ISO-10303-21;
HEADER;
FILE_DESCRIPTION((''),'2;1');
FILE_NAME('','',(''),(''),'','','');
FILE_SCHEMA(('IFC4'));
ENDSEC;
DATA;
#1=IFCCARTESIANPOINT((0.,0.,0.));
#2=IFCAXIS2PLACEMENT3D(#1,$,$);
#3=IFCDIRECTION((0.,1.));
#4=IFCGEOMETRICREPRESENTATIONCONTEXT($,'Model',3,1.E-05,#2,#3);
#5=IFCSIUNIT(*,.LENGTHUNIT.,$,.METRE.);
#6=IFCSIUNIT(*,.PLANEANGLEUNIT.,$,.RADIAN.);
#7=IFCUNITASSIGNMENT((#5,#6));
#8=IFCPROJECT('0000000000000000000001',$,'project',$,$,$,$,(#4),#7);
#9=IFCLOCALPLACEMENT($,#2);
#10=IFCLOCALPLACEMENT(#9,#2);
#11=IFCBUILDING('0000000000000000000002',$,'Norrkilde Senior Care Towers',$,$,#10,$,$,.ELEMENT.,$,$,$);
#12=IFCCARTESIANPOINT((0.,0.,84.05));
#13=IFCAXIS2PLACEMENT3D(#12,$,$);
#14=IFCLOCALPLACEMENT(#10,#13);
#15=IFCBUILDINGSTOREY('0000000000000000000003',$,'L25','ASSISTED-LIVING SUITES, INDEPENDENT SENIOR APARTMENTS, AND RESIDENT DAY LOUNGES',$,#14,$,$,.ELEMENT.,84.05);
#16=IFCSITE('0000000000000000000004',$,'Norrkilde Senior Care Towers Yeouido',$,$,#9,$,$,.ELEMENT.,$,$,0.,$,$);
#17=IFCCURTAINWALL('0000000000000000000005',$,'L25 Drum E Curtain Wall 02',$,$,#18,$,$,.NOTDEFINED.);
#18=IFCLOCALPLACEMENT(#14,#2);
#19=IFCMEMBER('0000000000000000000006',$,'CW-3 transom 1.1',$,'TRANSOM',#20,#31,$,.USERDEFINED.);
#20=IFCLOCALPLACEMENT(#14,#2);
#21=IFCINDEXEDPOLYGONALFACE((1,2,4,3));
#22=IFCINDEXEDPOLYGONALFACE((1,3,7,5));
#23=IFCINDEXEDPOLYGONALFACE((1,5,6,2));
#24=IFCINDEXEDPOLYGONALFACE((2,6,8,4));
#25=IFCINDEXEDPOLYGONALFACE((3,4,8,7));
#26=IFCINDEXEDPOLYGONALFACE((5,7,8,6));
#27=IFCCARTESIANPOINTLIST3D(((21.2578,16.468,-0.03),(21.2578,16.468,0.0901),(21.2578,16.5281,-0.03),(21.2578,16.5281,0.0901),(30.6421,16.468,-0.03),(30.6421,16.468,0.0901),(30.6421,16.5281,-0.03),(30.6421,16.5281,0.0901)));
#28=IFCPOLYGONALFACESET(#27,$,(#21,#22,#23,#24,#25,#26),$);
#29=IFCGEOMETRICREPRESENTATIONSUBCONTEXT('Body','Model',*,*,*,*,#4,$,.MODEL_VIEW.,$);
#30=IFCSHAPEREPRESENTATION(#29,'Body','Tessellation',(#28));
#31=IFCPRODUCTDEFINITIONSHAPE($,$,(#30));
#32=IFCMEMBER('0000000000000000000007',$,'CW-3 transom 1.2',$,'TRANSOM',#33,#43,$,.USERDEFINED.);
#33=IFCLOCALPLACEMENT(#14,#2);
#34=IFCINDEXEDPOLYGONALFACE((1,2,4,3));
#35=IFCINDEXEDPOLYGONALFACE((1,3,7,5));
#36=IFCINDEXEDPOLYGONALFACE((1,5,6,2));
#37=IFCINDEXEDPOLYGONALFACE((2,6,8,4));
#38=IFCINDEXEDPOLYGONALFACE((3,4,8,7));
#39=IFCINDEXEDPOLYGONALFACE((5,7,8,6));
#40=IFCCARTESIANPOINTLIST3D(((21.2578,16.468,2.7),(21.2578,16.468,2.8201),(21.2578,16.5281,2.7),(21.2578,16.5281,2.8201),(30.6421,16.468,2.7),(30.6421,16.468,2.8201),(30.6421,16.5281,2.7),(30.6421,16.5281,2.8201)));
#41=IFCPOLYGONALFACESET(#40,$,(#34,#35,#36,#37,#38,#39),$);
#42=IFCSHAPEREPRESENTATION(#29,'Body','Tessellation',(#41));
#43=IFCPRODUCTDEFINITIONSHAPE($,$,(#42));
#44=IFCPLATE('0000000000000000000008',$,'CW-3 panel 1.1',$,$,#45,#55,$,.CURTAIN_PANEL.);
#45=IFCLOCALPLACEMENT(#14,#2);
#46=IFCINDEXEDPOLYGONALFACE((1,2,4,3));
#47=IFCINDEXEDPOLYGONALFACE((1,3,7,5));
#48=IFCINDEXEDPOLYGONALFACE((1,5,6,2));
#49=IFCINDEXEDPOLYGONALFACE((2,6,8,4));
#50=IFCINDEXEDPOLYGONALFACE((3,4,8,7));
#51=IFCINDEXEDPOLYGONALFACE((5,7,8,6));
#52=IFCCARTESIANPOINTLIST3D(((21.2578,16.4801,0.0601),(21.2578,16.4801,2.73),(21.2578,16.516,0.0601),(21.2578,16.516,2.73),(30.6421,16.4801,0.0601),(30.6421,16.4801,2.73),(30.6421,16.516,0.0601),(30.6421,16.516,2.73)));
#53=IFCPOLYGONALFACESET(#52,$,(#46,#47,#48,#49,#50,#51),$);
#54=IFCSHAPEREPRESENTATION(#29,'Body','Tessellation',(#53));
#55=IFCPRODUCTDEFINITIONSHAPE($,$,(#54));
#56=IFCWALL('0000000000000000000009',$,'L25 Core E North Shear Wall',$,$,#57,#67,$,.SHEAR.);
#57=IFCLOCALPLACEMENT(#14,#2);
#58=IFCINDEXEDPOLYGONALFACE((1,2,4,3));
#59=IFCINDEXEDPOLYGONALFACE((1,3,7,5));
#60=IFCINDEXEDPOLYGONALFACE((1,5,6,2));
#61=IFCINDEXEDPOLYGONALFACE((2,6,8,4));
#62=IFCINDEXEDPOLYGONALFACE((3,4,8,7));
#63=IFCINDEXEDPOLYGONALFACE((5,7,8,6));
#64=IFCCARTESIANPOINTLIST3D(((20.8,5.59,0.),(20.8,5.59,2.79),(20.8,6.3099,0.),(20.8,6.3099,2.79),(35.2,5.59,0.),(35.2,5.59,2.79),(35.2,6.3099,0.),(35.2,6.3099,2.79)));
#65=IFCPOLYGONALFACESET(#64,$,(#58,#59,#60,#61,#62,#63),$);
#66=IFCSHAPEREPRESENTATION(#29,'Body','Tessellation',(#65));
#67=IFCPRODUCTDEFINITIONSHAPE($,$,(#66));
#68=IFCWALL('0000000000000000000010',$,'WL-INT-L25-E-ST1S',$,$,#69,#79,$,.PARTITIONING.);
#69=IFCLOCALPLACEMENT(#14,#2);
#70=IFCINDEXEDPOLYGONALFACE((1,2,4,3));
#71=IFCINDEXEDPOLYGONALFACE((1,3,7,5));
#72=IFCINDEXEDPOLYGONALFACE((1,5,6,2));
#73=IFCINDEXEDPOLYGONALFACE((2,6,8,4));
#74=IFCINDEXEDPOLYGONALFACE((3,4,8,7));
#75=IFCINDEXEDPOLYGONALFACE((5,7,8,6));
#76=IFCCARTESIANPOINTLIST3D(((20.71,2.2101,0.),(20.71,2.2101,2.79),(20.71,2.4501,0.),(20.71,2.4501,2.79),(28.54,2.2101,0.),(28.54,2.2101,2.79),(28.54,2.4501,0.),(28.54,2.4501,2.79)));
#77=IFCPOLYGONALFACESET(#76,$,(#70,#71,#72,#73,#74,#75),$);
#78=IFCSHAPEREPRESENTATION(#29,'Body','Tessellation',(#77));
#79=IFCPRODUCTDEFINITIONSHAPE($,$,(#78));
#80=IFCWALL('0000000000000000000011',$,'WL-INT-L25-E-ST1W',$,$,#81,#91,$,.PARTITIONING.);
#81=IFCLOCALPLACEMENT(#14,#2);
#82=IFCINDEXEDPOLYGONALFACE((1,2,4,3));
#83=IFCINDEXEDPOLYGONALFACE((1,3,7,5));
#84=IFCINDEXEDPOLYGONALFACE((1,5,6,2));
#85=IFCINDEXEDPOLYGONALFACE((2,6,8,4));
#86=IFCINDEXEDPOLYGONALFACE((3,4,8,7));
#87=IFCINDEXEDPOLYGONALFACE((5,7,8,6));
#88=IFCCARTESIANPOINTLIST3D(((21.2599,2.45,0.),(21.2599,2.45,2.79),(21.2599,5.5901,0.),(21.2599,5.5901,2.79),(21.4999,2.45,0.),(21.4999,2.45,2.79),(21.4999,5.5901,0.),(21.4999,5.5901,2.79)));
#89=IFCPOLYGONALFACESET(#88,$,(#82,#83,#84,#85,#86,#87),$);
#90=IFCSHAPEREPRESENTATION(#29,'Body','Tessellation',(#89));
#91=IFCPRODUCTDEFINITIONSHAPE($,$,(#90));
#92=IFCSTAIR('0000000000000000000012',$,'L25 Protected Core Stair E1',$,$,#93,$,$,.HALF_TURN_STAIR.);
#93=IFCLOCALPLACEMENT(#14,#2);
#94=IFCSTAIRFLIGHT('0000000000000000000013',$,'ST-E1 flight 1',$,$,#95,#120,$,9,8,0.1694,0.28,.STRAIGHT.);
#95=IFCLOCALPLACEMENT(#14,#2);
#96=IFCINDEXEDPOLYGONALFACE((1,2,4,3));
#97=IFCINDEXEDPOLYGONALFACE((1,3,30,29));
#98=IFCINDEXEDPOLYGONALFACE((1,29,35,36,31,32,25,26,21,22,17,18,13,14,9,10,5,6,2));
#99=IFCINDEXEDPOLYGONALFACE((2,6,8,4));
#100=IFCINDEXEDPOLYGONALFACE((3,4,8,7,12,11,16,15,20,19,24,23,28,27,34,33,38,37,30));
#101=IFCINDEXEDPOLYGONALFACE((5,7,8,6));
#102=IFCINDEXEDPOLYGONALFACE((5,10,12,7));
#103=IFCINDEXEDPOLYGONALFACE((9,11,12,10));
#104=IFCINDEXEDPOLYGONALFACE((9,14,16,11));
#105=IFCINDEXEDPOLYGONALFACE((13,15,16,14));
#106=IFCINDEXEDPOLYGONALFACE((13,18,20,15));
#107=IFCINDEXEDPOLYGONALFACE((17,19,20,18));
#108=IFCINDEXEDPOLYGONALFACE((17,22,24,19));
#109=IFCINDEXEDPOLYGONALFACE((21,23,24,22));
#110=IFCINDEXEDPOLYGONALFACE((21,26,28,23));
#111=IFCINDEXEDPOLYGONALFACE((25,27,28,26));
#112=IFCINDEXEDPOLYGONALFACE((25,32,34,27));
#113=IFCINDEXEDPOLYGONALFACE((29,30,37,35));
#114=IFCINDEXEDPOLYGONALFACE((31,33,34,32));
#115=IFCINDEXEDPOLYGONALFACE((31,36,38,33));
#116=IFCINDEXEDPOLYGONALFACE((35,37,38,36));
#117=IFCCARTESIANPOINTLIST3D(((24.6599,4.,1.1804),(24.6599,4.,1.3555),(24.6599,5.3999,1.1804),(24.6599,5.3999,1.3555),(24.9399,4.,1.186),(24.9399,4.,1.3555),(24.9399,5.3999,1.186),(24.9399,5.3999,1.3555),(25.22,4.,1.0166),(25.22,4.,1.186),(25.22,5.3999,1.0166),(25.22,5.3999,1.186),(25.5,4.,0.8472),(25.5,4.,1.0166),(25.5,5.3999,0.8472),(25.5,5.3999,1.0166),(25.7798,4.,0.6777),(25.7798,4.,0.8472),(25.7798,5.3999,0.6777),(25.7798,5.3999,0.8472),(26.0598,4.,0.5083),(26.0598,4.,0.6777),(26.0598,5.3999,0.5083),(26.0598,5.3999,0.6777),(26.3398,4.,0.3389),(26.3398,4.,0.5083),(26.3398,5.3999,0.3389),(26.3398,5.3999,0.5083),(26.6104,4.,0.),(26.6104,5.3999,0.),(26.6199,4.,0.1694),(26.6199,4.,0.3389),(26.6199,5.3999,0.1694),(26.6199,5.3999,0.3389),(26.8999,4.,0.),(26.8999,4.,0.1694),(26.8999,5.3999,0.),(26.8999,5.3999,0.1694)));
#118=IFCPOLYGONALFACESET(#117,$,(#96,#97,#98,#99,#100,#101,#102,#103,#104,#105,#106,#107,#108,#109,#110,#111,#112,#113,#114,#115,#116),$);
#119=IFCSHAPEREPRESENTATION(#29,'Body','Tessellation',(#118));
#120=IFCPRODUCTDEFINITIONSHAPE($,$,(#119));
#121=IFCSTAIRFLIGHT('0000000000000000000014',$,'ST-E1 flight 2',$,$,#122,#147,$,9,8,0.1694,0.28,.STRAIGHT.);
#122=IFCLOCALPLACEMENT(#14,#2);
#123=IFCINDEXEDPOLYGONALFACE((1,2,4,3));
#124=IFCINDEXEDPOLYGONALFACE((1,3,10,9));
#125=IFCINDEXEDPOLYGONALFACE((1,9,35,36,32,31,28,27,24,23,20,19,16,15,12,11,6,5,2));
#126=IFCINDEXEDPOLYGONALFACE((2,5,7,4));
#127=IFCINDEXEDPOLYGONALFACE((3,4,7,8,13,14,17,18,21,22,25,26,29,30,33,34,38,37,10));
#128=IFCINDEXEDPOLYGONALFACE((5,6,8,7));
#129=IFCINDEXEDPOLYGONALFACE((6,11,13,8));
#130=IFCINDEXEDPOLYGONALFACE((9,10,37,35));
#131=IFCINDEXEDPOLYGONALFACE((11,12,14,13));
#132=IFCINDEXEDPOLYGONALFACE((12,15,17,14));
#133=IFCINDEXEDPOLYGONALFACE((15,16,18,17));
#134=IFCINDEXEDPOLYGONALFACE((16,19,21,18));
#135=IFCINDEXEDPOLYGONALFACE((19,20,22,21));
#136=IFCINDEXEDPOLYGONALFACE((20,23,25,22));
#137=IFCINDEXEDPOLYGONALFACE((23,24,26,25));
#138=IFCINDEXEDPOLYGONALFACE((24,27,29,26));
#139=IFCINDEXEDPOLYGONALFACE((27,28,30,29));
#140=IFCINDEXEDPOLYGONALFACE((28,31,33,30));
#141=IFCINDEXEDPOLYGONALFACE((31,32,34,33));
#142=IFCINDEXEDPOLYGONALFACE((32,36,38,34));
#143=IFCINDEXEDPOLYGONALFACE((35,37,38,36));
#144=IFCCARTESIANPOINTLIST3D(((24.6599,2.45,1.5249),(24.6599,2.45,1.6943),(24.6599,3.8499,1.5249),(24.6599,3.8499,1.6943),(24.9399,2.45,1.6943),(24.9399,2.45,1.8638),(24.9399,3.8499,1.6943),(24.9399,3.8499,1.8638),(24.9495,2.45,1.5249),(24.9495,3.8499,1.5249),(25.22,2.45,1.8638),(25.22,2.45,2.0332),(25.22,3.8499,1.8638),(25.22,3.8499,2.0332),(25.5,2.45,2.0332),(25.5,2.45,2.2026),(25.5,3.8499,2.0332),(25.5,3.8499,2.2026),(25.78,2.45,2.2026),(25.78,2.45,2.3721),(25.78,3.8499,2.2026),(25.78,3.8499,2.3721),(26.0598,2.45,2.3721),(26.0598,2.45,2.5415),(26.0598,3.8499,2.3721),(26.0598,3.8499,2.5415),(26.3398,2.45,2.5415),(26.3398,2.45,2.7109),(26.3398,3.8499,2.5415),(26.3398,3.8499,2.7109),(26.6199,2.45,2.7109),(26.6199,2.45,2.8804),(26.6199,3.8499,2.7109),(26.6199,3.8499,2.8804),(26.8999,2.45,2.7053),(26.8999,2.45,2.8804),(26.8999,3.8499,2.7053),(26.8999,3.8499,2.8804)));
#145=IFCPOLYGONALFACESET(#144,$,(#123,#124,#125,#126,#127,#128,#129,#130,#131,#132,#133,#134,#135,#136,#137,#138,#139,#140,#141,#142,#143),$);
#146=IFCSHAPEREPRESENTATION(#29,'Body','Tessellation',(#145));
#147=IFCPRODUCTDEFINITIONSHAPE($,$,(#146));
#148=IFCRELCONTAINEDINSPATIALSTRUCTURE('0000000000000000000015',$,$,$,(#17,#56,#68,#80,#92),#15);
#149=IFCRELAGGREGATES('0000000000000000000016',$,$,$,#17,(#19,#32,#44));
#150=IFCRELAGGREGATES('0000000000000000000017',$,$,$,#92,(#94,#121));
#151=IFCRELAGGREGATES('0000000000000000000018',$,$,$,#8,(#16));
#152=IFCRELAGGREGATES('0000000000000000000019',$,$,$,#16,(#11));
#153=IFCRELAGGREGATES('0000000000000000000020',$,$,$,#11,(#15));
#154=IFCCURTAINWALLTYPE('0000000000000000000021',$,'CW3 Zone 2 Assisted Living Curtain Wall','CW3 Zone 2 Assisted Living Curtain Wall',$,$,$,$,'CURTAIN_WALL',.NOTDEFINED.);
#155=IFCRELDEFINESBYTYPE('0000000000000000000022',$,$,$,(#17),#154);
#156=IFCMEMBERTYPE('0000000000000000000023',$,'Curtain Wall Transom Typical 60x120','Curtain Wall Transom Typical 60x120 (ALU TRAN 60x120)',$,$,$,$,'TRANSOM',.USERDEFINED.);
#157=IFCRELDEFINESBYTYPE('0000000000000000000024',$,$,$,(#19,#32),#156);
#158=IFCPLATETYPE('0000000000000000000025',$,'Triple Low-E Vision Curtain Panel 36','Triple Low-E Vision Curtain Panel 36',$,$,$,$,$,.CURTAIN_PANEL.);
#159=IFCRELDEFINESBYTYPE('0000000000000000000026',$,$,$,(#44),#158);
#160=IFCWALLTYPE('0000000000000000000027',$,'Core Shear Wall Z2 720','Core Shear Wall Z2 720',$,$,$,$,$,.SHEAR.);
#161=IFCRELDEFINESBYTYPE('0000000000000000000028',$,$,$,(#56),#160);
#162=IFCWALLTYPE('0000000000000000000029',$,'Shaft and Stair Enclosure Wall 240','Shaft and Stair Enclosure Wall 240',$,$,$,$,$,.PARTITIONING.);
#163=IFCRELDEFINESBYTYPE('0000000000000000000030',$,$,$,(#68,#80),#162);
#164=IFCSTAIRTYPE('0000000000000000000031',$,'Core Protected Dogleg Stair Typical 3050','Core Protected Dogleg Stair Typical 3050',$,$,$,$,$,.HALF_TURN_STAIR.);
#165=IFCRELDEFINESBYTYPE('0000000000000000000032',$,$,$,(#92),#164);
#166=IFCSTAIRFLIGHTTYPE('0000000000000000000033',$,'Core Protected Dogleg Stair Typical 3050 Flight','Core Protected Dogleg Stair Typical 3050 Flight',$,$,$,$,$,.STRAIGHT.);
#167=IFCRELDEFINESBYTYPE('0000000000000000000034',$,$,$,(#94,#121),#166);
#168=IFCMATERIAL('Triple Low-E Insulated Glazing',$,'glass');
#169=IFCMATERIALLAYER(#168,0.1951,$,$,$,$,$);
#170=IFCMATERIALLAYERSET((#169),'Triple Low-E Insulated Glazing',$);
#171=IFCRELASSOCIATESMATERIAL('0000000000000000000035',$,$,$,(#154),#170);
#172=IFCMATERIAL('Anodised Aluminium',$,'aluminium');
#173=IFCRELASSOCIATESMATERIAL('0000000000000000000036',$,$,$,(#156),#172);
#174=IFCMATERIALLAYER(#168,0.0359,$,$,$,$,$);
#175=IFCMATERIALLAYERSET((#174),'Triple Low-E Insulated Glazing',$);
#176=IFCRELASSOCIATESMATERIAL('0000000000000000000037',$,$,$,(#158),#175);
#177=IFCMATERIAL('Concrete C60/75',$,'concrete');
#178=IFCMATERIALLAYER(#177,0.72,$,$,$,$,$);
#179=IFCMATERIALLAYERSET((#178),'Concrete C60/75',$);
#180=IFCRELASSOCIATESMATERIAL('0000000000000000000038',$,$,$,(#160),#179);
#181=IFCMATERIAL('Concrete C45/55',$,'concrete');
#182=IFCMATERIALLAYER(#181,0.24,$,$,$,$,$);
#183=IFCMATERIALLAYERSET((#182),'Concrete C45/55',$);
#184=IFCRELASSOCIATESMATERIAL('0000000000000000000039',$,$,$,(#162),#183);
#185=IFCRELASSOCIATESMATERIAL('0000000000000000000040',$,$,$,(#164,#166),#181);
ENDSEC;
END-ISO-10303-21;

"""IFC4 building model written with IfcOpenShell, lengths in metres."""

from ifc_helpers import new_model, si_unit, direction, frame, frame_2d, origin, origin_2d, place, context, subcontext, project, spatial, polyline, rectangle, outline, extrude, source, transform, mapped, material, layer, layer_set, material_profile, profile_set, type_object, type_shapes, element, aggregate, save


model = new_model("IFC4")

# Units and contexts
model_context = context("Model", 3, precision=1e-05, world=origin(), true_north=direction((0.0, 1.0)))
body_context = subcontext(model_context, "Body", "Model", "MODEL_VIEW")
ifc_project = project(units=[si_unit("LENGTHUNIT", "METRE"), si_unit("PLANEANGLEUNIT", "RADIAN")], contexts=[model_context])

# Site, building, storey
site_placement = place(None, origin())
site = spatial("IfcSite", under=ifc_project, at=site_placement, Name="Norrkilde Senior Care Towers Yeouido", CompositionType="ELEMENT", RefElevation=0.0)
building_placement = place(site_placement, origin())
building = spatial("IfcBuilding", under=site, at=building_placement, Name="Norrkilde Senior Care Towers", CompositionType="ELEMENT")
storey_placement = place(building_placement, frame((0.0, 0.0, 84.05)))
storey = spatial("IfcBuildingStorey", under=building, at=storey_placement, Name="L25", Description="ASSISTED-LIVING SUITES, INDEPENDENT SENIOR APARTMENTS, AND RESIDENT DAY LOUNGES", CompositionType="ELEMENT", Elevation=84.05)

# Shared definitions
ifc_material_1 = material(Name="Concrete C60/75", Category="concrete")

# Curtain wall
ifc_material_2 = material(Name="Triple Low-E Insulated Glazing", Category="glass")
ifc_layer_1 = layer(ifc_material_2, 0.1951)
ifc_layer_set_1 = layer_set([ifc_layer_1], Name="Triple Low-E Insulated Glazing")
curtain_wall_type = type_object("IfcCurtainWallType", Name="CW3 Zone 2 Assisted Living Curtain Wall", Description="CW3 Zone 2 Assisted Living Curtain Wall", ElementType="CURTAIN_WALL", PredefinedType="NOTDEFINED", material=ifc_layer_set_1)
curtain_wall_1_placement = place(storey_placement, origin())
curtain_wall_1 = element("IfcCurtainWall", 1, at=curtain_wall_1_placement, inside=storey, type_object=curtain_wall_type, Name="L25 Drum E Curtain Wall 02", PredefinedType="NOTDEFINED")
ifc_material_3 = material(Name="Anodised Aluminium", Category="aluminium")

# Members
ifc_material_profile_1 = material_profile(ifc_material_3, rectangle(XDim=0.0601, YDim=0.1201, at=origin_2d()), Name="ALU TRAN 60x120")
ifc_profile_set_1 = profile_set([ifc_material_profile_1], Name="Anodised Aluminium")
member_type_1 = type_object("IfcMemberType", Name="Curtain Wall Transom Typical 60x120", Description="Curtain Wall Transom Typical 60x120 (ALU TRAN 60x120)", ElementType="TRANSOM", PredefinedType="USERDEFINED", material=ifc_profile_set_1)
shared_shape_1 = source(origin(), body_context, "Body", "SweptSolid", [
    extrude(rectangle(XDim=0.0601, YDim=0.1201, at=origin_2d()), origin(), (0.0, 0.0, 1.0), 9.3843),
])
type_shapes(member_type_1, [shared_shape_1])
member_1_placement = place(storey_placement, frame((21.2578, 16.498, 0.03), z_axis=(1.0, 0.0, 0.0), x_axis=(0.0, 1.0, 0.0)))
member_1 = element("IfcMember", 2, at=member_1_placement, type_object=member_type_1, Name="CW-3 transom 1.1", ObjectType="TRANSOM", PredefinedType="USERDEFINED", context=body_context, shape_type="MappedRepresentation", body=[
    mapped(shared_shape_1, transform((0.0, 0.0, 0.0), x_axis=(1.0, 0.0, 0.0), y_axis=(0.0, 1.0, 0.0), z_axis=(0.0, 0.0, 1.0), scale=1.0)),
])
member_2_placement = place(storey_placement, frame((21.2578, 16.498, 2.76), z_axis=(1.0, 0.0, 0.0), x_axis=(0.0, 1.0, 0.0)))
member_2 = element("IfcMember", 3, at=member_2_placement, type_object=member_type_1, Name="CW-3 transom 1.2", ObjectType="TRANSOM", PredefinedType="USERDEFINED", context=body_context, shape_type="MappedRepresentation", body=[
    mapped(shared_shape_1, transform((0.0, 0.0, 0.0), x_axis=(1.0, 0.0, 0.0), y_axis=(0.0, 1.0, 0.0), z_axis=(0.0, 0.0, 1.0), scale=1.0)),
])

# Plate
ifc_layer_2 = layer(ifc_material_2, 0.0359)
ifc_layer_set_2 = layer_set([ifc_layer_2], Name="Triple Low-E Insulated Glazing")
plate_type = type_object("IfcPlateType", Name="Triple Low-E Vision Curtain Panel 36", Description="Triple Low-E Vision Curtain Panel 36", PredefinedType="CURTAIN_PANEL", material=ifc_layer_set_2)
shared_shape_2 = source(origin(), body_context, "Body", "SweptSolid", [
    extrude(rectangle(XDim=9.3843, YDim=0.0359, at=origin_2d()), origin(), (0.0, 0.0, 1.0), 2.6699),
])
type_shapes(plate_type, [shared_shape_2])
plate_placement = place(storey_placement, frame((25.95, 16.498, 0.0601), z_axis=(0.0, 0.0, 1.0), x_axis=(1.0, 0.0, 0.0)))
plate = element("IfcPlate", 4, at=plate_placement, type_object=plate_type, Name="CW-3 panel 1.1", PredefinedType="CURTAIN_PANEL", context=body_context, shape_type="MappedRepresentation", body=[
    mapped(shared_shape_2, transform((0.0, 0.0, 0.0), x_axis=(1.0, 0.0, 0.0), y_axis=(0.0, 1.0, 0.0), z_axis=(0.0, 0.0, 1.0), scale=1.0)),
])
aggregate(curtain_wall_1, [member_1, member_2, plate])

# Walls
ifc_layer_3 = layer(ifc_material_1, 0.72)
ifc_layer_set_3 = layer_set([ifc_layer_3], Name="Concrete C60/75")
wall_type_1 = type_object("IfcWallType", Name="Core Shear Wall Z2 720", Description="Core Shear Wall Z2 720", PredefinedType="SHEAR", material=ifc_layer_set_3)
shared_shape_3 = source(origin(), body_context, "Body", "SweptSolid", [
    extrude(rectangle(XDim=14.3999, YDim=0.72, at=frame_2d((7.2, 0.0))), origin(), (0.0, 0.0, 1.0), 2.79),
])
type_shapes(wall_type_1, [shared_shape_3])
wall_1_placement = place(storey_placement, frame((20.8, 5.95, 0.0), z_axis=(0.0, 0.0, 1.0), x_axis=(1.0, 0.0, 0.0)))
element("IfcWall", 5, at=wall_1_placement, inside=storey, type_object=wall_type_1, Name="L25 Core E North Shear Wall", PredefinedType="SHEAR", context=body_context, shape_type="MappedRepresentation", body=[
    mapped(shared_shape_3, transform((0.0, 0.0, 0.0), x_axis=(1.0, 0.0, 0.0), y_axis=(0.0, 1.0, 0.0), z_axis=(0.0, 0.0, 1.0), scale=1.0)),
])
ifc_material_4 = material(Name="Concrete C45/55", Category="concrete")
ifc_layer_4 = layer(ifc_material_4, 0.24)
ifc_layer_set_4 = layer_set([ifc_layer_4], Name="Concrete C45/55")
wall_type_2 = type_object("IfcWallType", Name="Shaft and Stair Enclosure Wall 240", Description="Shaft and Stair Enclosure Wall 240", PredefinedType="PARTITIONING", material=ifc_layer_set_4)
shared_shape_4 = source(origin(), body_context, "Body", "SweptSolid", [
    extrude(rectangle(XDim=7.8301, YDim=0.24, at=frame_2d((3.915, 0.0))), origin(), (0.0, 0.0, 1.0), 2.79),
])
wall_2_placement = place(storey_placement, frame((20.71, 2.3301, 0.0), z_axis=(0.0, 0.0, 1.0), x_axis=(1.0, 0.0, 0.0)))
element("IfcWall", 6, at=wall_2_placement, inside=storey, type_object=wall_type_2, Name="WL-INT-L25-E-ST1S", PredefinedType="PARTITIONING", context=body_context, shape_type="MappedRepresentation", body=[
    mapped(shared_shape_4, transform((0.0, 0.0, 0.0), x_axis=(1.0, 0.0, 0.0), y_axis=(0.0, 1.0, 0.0), z_axis=(0.0, 0.0, 1.0), scale=1.0)),
])
shared_shape_5 = source(origin(), body_context, "Body", "SweptSolid", [
    extrude(rectangle(XDim=3.1401, YDim=0.24, at=frame_2d((1.5701, 0.0))), origin(), (0.0, 0.0, 1.0), 2.79),
])
type_shapes(wall_type_2, [shared_shape_4, shared_shape_5])
wall_3_placement = place(storey_placement, frame((21.3799, 2.45, 0.0), z_axis=(0.0, 0.0, 1.0), x_axis=(0.0, 1.0, 0.0)))
element("IfcWall", 7, at=wall_3_placement, inside=storey, type_object=wall_type_2, Name="WL-INT-L25-E-ST1W", PredefinedType="PARTITIONING", context=body_context, shape_type="MappedRepresentation", body=[
    mapped(shared_shape_5, transform((0.0, 0.0, 0.0), x_axis=(1.0, 0.0, 0.0), y_axis=(0.0, 1.0, 0.0), z_axis=(0.0, 0.0, 1.0), scale=1.0)),
])

# Stair, stair flights
stair_type = type_object("IfcStairType", Name="Core Protected Dogleg Stair Typical 3050", Description="Core Protected Dogleg Stair Typical 3050", PredefinedType="HALF_TURN_STAIR", material=ifc_material_4)
stair_placement = place(storey_placement, origin())
stair = element("IfcStair", 8, at=stair_placement, inside=storey, type_object=stair_type, Name="L25 Protected Core Stair E1", PredefinedType="HALF_TURN_STAIR")
stair_flight_type = type_object("IfcStairFlightType", Name="Core Protected Dogleg Stair Typical 3050 Flight", Description="Core Protected Dogleg Stair Typical 3050 Flight", PredefinedType="STRAIGHT", material=ifc_material_4)
stair_flight_1_placement = place(storey_placement, frame((26.8999, 4.7, 0.0), z_axis=(0.0, 0.0, 1.0), x_axis=(-1.0, 0.0, 0.0)))
stair_flight_1 = element("IfcStairFlight", 9, at=stair_flight_1_placement, type_object=stair_flight_type, Name="ST-E1 flight 1", NumberOfRisers=9, NumberOfTreads=8, PredefinedType="STRAIGHT", RiserHeight=0.1694, TreadLength=0.28, context=body_context, shape_type="SweptSolid", body=[
    extrude(outline(polyline([(0.0, 0.0), (0.0, 0.1694), (0.28, 0.1694), (0.28, 0.3389), (0.5601, 0.3389), (0.5601, 0.5083), (0.8401, 0.5083), (0.8401, 0.6777), (1.1201, 0.6777), (1.1201, 0.8472), (1.3999, 0.8472), (1.3999, 1.0166), (1.6799, 1.0166), (1.6799, 1.186), (1.96, 1.186), (1.96, 1.3555), (2.24, 1.3555), (2.24, 1.5249), (2.24, 1.1804), (0.2896, 0.0), (0.0, 0.0)])), frame((0.0, 0.7, 0.0), z_axis=(0.0, -1.0, 0.0), x_axis=(1.0, 0.0, 0.0)), (0.0, 0.0, 1.0), 1.3999),
])
stair_flight_2_placement = place(storey_placement, frame((24.6599, 3.1499, 1.5249), z_axis=(0.0, 0.0, 1.0), x_axis=(1.0, 0.0, 0.0)))
stair_flight_2 = element("IfcStairFlight", 10, at=stair_flight_2_placement, type_object=stair_flight_type, Name="ST-E1 flight 2", NumberOfRisers=9, NumberOfTreads=8, PredefinedType="STRAIGHT", RiserHeight=0.1694, TreadLength=0.28, context=body_context, shape_type="SweptSolid", body=[
    extrude(outline(polyline([(0.0, 0.0), (0.0, 0.1694), (0.28, 0.1694), (0.28, 0.3389), (0.5601, 0.3389), (0.5601, 0.5083), (0.8401, 0.5083), (0.8401, 0.6777), (1.1201, 0.6777), (1.1201, 0.8472), (1.3999, 0.8472), (1.3999, 1.0166), (1.6799, 1.0166), (1.6799, 1.186), (1.96, 1.186), (1.96, 1.3555), (2.24, 1.3555), (2.24, 1.5249), (2.24, 1.1804), (0.2896, 0.0), (0.0, 0.0)])), frame((0.0, 0.7, 0.0), z_axis=(0.0, -1.0, 0.0), x_axis=(1.0, 0.0, 0.0)), (0.0, 0.0, 1.0), 1.3999),
])
aggregate(stair, [stair_flight_1, stair_flight_2])

save(model, "model.ifc")
